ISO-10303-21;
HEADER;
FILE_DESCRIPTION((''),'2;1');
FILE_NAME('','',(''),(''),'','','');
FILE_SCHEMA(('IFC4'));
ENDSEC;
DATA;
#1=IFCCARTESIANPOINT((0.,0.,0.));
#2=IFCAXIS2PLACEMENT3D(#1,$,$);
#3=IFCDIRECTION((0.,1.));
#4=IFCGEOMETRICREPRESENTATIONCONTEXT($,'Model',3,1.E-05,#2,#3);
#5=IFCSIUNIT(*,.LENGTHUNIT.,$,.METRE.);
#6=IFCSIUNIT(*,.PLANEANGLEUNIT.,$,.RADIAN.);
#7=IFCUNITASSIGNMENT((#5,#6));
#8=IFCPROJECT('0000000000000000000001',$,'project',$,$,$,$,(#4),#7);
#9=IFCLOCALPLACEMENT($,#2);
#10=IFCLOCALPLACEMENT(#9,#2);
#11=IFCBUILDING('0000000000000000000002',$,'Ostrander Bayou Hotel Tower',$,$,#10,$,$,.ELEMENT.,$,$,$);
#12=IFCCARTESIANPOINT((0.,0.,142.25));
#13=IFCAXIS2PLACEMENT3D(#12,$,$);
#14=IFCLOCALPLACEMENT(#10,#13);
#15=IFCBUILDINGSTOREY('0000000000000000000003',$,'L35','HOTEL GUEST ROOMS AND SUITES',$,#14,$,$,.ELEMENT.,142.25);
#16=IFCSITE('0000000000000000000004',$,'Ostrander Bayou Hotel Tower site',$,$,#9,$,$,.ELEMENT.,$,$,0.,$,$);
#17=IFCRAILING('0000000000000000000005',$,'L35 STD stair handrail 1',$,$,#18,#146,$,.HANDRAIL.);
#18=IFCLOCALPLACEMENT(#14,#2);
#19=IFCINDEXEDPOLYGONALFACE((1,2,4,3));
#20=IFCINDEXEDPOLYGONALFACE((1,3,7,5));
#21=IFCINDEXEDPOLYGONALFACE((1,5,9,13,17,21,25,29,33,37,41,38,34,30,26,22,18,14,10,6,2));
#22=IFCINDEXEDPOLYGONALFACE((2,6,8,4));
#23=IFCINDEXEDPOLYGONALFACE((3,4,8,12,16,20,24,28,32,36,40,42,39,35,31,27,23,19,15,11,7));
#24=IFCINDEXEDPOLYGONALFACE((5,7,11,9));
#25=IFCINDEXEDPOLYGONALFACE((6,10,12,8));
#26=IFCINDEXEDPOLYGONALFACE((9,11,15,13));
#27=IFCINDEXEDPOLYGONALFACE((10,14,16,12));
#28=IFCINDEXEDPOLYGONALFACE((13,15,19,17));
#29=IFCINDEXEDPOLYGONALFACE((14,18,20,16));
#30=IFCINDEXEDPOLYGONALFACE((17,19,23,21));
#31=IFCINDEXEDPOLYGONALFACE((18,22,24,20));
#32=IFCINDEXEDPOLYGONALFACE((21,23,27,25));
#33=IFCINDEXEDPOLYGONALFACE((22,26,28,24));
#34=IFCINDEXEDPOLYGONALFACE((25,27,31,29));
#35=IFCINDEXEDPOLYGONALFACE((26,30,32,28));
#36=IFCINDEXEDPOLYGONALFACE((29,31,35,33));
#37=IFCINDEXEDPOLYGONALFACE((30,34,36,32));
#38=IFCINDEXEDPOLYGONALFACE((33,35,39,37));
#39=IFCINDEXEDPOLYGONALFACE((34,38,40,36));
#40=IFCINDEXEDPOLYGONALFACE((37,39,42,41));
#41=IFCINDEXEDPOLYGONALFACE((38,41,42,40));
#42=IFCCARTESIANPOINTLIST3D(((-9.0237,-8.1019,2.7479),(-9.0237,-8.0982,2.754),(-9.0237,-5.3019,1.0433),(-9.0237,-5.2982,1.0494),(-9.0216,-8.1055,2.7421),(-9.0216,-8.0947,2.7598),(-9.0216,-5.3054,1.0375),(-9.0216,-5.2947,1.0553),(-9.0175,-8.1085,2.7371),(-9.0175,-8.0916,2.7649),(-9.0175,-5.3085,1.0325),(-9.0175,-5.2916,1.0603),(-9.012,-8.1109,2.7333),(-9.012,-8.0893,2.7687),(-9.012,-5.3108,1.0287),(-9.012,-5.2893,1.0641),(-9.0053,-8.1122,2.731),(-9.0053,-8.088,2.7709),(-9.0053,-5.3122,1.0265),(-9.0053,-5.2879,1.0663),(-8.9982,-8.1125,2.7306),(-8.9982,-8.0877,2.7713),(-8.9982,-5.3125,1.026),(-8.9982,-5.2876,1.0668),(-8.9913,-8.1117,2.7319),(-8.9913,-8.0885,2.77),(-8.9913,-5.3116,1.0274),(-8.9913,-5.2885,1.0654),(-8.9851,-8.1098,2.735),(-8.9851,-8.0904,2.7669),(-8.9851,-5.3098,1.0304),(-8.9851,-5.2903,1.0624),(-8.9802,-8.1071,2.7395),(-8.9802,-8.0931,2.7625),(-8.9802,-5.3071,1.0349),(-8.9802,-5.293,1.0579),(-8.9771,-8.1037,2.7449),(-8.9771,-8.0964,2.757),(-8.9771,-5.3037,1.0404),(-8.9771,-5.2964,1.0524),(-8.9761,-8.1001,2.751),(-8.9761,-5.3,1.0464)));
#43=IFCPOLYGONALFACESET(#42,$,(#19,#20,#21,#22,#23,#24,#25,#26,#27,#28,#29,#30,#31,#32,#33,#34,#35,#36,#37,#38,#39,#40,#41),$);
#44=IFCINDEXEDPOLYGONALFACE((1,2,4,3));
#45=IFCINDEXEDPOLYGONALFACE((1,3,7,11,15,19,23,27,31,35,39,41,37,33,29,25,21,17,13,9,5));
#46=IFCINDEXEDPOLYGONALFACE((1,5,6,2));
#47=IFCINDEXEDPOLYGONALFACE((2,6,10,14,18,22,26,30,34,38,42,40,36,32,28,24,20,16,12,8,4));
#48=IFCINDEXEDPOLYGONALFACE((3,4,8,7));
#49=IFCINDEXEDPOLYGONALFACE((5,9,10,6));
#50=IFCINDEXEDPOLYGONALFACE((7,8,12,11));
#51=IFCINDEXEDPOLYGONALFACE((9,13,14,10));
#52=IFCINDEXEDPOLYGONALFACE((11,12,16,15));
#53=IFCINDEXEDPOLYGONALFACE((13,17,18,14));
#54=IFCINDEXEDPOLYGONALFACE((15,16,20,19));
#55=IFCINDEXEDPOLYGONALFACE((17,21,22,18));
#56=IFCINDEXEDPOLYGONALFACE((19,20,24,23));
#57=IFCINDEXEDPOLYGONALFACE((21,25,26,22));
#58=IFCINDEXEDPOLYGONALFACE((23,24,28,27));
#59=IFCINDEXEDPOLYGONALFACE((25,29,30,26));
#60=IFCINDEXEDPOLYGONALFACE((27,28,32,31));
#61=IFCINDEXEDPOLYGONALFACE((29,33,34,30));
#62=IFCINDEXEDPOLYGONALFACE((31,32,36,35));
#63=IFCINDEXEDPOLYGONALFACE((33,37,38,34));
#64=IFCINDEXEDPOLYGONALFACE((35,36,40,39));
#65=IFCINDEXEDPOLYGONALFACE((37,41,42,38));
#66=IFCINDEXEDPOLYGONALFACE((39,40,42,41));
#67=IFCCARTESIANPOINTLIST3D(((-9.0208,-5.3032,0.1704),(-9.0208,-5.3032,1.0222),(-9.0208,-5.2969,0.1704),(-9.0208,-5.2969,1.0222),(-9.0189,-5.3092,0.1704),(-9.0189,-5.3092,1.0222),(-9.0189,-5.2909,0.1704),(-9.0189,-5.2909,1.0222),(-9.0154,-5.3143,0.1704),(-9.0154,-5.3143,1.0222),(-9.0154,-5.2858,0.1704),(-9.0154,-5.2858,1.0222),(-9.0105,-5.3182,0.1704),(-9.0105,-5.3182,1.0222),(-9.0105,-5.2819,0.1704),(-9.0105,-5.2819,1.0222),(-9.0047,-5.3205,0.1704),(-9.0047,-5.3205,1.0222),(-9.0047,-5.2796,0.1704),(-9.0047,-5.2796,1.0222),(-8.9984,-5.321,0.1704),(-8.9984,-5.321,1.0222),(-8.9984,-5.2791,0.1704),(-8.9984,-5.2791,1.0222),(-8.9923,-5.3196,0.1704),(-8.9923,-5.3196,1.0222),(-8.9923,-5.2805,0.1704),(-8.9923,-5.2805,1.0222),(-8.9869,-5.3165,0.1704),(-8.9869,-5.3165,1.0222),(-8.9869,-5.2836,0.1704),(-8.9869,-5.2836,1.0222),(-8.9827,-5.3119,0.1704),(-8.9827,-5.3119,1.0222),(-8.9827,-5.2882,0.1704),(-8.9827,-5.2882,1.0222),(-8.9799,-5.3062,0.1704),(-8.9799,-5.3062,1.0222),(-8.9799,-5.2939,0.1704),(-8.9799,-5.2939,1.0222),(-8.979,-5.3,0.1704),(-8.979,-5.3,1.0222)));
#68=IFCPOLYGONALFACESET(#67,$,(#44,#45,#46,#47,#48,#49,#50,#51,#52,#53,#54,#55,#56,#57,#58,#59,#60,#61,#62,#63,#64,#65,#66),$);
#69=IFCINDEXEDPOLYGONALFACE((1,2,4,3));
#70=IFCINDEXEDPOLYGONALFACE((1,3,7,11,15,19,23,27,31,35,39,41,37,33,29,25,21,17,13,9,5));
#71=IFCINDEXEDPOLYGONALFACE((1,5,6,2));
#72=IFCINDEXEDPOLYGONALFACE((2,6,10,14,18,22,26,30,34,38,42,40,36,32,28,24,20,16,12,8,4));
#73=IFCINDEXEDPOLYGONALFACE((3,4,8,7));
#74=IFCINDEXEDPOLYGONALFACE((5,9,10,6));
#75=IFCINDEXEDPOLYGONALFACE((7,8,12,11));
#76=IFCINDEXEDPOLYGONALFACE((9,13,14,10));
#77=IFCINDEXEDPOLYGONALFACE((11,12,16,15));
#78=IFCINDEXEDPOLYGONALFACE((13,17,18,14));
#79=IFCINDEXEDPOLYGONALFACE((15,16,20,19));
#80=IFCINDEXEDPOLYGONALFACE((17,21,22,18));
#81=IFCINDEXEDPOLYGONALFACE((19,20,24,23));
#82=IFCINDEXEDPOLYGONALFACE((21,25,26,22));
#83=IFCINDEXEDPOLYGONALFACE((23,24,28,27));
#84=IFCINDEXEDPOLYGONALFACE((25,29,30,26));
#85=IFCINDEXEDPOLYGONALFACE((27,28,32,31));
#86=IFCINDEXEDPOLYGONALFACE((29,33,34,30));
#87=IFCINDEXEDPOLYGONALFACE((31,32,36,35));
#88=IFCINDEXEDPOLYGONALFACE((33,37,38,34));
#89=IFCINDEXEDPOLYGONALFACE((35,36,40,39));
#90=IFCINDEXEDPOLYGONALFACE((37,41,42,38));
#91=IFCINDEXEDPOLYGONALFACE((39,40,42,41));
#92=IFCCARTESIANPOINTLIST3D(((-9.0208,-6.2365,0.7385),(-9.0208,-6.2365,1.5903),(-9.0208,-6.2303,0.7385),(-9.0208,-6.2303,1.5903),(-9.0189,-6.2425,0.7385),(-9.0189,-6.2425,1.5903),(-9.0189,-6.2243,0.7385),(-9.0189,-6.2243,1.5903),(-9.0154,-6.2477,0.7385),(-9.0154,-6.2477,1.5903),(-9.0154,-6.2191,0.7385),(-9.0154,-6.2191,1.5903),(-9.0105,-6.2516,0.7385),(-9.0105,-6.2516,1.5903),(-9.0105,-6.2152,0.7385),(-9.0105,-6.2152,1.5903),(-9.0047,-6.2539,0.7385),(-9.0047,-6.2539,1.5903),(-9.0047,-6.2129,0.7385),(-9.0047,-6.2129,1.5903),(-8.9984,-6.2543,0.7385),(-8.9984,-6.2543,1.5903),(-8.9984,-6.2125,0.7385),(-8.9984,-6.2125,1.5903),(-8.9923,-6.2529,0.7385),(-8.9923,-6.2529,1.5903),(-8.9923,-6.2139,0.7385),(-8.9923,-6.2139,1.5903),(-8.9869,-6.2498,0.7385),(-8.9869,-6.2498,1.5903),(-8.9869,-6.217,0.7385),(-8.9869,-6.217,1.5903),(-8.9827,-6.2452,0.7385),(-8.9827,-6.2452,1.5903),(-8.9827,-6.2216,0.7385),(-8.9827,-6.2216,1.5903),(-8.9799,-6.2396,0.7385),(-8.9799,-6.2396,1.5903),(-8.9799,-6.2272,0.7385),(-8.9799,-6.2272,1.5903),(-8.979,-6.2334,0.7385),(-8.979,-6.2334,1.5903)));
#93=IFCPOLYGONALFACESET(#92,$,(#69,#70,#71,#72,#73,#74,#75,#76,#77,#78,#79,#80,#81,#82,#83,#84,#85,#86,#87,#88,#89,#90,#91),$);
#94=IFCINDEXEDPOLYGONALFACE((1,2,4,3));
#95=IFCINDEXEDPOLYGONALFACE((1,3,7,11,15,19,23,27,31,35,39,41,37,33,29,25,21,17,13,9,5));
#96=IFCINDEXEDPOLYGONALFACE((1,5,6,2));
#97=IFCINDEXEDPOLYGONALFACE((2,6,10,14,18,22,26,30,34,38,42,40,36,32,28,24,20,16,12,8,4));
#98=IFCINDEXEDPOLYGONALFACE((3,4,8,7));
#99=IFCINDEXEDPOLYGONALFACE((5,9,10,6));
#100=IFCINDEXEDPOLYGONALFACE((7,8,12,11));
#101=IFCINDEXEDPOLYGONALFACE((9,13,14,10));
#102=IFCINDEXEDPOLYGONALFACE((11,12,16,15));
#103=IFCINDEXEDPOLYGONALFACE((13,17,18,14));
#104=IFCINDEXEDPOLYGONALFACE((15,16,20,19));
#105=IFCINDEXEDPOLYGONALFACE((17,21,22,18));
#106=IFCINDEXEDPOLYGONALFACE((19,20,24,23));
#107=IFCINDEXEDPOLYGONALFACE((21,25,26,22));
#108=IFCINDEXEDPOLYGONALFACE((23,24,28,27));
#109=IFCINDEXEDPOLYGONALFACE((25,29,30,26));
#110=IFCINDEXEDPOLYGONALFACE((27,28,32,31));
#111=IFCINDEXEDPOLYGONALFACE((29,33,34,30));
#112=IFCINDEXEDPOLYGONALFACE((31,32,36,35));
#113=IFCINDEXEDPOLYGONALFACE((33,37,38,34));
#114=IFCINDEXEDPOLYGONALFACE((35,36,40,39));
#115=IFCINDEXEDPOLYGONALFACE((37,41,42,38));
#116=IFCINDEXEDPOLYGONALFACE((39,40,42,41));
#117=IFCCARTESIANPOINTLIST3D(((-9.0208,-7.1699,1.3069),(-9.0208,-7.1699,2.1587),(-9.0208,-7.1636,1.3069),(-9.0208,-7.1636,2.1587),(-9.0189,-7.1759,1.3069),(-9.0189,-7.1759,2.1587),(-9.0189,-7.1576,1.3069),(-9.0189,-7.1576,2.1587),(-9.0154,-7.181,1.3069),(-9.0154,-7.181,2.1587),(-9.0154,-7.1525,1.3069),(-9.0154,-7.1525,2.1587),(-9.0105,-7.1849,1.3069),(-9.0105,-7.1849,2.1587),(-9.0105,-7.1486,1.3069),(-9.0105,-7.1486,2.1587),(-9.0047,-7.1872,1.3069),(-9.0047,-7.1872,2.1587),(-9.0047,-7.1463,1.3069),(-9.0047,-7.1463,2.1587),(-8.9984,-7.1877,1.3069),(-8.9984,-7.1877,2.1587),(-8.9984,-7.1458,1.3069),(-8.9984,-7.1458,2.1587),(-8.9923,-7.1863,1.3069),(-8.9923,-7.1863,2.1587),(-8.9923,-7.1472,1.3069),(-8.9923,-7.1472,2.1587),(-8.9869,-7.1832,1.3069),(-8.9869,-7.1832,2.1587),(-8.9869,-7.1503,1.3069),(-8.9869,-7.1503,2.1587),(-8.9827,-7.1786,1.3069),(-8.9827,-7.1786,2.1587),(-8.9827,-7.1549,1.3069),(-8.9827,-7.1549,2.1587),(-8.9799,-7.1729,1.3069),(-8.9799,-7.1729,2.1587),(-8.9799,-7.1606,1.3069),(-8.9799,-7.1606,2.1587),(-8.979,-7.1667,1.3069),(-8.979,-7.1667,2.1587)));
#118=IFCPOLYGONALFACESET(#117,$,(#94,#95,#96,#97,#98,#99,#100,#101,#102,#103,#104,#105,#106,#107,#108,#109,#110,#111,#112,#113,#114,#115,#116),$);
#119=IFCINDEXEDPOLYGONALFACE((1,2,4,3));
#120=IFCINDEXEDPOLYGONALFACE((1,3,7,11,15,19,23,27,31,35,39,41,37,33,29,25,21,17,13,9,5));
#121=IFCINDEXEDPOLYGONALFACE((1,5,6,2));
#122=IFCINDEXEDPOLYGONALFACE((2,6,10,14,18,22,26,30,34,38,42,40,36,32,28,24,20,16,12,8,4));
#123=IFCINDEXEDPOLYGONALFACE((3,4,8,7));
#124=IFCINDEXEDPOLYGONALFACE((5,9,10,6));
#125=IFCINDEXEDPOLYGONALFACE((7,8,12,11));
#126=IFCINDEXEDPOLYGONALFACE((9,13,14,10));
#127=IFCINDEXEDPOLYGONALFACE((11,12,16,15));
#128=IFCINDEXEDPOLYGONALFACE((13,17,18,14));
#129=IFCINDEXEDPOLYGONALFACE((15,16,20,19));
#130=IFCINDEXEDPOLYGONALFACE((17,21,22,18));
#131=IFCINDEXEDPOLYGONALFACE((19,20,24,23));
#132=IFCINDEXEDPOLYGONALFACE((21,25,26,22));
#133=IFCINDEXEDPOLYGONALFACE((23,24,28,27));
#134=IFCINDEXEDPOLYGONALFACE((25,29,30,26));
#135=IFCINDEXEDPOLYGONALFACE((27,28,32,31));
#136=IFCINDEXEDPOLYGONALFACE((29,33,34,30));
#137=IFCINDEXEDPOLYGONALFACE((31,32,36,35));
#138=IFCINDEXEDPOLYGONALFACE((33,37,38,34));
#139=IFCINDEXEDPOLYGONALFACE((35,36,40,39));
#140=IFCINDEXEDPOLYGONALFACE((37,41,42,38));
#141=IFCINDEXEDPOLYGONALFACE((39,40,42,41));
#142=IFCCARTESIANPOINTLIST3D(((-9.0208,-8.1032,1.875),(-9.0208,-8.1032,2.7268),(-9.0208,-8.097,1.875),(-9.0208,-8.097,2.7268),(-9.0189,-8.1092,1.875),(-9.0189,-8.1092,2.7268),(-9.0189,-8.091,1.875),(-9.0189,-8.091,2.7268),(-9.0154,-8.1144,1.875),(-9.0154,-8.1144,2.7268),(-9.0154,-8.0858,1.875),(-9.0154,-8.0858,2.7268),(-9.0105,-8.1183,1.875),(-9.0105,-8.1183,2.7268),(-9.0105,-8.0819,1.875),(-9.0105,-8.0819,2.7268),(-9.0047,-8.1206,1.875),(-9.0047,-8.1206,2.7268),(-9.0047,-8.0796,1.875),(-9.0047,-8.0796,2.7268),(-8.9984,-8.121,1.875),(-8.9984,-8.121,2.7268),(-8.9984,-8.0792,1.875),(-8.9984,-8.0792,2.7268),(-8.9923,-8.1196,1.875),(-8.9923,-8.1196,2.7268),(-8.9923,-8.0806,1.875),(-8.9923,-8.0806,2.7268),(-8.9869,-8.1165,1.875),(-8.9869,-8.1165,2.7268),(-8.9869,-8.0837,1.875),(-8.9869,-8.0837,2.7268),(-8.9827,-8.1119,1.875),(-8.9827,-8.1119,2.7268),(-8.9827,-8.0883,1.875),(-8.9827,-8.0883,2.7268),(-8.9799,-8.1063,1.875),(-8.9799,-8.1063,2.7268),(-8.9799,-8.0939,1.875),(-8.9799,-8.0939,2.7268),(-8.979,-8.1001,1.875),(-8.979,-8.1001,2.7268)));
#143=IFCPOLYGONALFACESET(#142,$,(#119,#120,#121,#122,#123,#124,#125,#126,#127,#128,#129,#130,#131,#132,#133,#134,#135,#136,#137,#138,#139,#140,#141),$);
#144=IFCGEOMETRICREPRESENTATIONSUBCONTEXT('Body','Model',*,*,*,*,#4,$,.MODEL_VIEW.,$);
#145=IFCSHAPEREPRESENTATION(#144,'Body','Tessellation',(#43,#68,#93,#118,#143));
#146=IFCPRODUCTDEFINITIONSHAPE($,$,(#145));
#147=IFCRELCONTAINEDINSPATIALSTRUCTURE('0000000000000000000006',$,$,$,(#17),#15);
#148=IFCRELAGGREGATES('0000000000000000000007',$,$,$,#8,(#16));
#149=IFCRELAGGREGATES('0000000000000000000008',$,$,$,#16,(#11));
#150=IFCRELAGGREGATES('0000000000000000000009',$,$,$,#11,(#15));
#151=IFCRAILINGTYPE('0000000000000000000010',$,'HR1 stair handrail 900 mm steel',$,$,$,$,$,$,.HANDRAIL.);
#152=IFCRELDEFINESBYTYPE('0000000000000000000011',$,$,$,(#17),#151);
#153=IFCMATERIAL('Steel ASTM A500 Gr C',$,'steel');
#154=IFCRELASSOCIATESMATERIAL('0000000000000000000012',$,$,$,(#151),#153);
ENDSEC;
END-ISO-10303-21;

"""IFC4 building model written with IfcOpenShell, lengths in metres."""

from ifc_helpers import new_model, si_unit, direction, frame, origin, origin_2d, place, context, subcontext, project, spatial, circle, extrude, material, type_object, element, save


model = new_model("IFC4")

# Units and contexts
model_context = context("Model", 3, precision=1e-05, world=origin(), true_north=direction((0.0, 1.0)))
body_context = subcontext(model_context, "Body", "Model", "MODEL_VIEW")
ifc_project = project(units=[si_unit("LENGTHUNIT", "METRE"), si_unit("PLANEANGLEUNIT", "RADIAN")], contexts=[model_context])

# Site, building, storey
site_placement = place(None, origin())
site = spatial("IfcSite", under=ifc_project, at=site_placement, Name="Ostrander Bayou Hotel Tower site", CompositionType="ELEMENT", RefElevation=0.0)
building_placement = place(site_placement, origin())
building = spatial("IfcBuilding", under=site, at=building_placement, Name="Ostrander Bayou Hotel Tower", CompositionType="ELEMENT")
storey_placement = place(building_placement, frame((0.0, 0.0, 142.25)))
storey = spatial("IfcBuildingStorey", under=building, at=storey_placement, Name="L35", Description="HOTEL GUEST ROOMS AND SUITES", CompositionType="ELEMENT", Elevation=142.25)

# Railing
ifc_material_1 = material(Name="Steel ASTM A500 Gr C", Category="steel")
railing_type_1 = type_object("IfcRailingType", Name="HR1 stair handrail 900 mm steel", PredefinedType="HANDRAIL", material=ifc_material_1)
railing_1_placement = place(storey_placement, frame((-9.0, -5.3, 0.1704)))
element("IfcRailing", 1, at=railing_1_placement, inside=storey, type_object=railing_type_1, Name="L35 STD stair handrail 1", PredefinedType="HANDRAIL", context=body_context, shape_type="SweptSolid", body=[
    extrude(circle(Radius=0.0239, at=origin_2d()), frame((0.0, 0.0, 0.876), z_axis=(0.0, -0.85417, 0.519994), x_axis=(1.0, 0.0, 0.0)), (0.0, 0.0, 1.0), 3.2781),
    extrude(circle(Radius=0.021, at=origin_2d()), origin(), (0.0, 0.0, 1.0), 0.8518),
    extrude(circle(Radius=0.021, at=origin_2d()), frame((0.0, -0.9333, 0.5681)), (0.0, 0.0, 1.0), 0.8518),
    extrude(circle(Radius=0.021, at=origin_2d()), frame((0.0, -1.8667, 1.1365)), (0.0, 0.0, 1.0), 0.8518),
    extrude(circle(Radius=0.021, at=origin_2d()), frame((0.0, -2.8, 1.7046)), (0.0, 0.0, 1.0), 0.8518),
])

save(model, "model.ifc")
